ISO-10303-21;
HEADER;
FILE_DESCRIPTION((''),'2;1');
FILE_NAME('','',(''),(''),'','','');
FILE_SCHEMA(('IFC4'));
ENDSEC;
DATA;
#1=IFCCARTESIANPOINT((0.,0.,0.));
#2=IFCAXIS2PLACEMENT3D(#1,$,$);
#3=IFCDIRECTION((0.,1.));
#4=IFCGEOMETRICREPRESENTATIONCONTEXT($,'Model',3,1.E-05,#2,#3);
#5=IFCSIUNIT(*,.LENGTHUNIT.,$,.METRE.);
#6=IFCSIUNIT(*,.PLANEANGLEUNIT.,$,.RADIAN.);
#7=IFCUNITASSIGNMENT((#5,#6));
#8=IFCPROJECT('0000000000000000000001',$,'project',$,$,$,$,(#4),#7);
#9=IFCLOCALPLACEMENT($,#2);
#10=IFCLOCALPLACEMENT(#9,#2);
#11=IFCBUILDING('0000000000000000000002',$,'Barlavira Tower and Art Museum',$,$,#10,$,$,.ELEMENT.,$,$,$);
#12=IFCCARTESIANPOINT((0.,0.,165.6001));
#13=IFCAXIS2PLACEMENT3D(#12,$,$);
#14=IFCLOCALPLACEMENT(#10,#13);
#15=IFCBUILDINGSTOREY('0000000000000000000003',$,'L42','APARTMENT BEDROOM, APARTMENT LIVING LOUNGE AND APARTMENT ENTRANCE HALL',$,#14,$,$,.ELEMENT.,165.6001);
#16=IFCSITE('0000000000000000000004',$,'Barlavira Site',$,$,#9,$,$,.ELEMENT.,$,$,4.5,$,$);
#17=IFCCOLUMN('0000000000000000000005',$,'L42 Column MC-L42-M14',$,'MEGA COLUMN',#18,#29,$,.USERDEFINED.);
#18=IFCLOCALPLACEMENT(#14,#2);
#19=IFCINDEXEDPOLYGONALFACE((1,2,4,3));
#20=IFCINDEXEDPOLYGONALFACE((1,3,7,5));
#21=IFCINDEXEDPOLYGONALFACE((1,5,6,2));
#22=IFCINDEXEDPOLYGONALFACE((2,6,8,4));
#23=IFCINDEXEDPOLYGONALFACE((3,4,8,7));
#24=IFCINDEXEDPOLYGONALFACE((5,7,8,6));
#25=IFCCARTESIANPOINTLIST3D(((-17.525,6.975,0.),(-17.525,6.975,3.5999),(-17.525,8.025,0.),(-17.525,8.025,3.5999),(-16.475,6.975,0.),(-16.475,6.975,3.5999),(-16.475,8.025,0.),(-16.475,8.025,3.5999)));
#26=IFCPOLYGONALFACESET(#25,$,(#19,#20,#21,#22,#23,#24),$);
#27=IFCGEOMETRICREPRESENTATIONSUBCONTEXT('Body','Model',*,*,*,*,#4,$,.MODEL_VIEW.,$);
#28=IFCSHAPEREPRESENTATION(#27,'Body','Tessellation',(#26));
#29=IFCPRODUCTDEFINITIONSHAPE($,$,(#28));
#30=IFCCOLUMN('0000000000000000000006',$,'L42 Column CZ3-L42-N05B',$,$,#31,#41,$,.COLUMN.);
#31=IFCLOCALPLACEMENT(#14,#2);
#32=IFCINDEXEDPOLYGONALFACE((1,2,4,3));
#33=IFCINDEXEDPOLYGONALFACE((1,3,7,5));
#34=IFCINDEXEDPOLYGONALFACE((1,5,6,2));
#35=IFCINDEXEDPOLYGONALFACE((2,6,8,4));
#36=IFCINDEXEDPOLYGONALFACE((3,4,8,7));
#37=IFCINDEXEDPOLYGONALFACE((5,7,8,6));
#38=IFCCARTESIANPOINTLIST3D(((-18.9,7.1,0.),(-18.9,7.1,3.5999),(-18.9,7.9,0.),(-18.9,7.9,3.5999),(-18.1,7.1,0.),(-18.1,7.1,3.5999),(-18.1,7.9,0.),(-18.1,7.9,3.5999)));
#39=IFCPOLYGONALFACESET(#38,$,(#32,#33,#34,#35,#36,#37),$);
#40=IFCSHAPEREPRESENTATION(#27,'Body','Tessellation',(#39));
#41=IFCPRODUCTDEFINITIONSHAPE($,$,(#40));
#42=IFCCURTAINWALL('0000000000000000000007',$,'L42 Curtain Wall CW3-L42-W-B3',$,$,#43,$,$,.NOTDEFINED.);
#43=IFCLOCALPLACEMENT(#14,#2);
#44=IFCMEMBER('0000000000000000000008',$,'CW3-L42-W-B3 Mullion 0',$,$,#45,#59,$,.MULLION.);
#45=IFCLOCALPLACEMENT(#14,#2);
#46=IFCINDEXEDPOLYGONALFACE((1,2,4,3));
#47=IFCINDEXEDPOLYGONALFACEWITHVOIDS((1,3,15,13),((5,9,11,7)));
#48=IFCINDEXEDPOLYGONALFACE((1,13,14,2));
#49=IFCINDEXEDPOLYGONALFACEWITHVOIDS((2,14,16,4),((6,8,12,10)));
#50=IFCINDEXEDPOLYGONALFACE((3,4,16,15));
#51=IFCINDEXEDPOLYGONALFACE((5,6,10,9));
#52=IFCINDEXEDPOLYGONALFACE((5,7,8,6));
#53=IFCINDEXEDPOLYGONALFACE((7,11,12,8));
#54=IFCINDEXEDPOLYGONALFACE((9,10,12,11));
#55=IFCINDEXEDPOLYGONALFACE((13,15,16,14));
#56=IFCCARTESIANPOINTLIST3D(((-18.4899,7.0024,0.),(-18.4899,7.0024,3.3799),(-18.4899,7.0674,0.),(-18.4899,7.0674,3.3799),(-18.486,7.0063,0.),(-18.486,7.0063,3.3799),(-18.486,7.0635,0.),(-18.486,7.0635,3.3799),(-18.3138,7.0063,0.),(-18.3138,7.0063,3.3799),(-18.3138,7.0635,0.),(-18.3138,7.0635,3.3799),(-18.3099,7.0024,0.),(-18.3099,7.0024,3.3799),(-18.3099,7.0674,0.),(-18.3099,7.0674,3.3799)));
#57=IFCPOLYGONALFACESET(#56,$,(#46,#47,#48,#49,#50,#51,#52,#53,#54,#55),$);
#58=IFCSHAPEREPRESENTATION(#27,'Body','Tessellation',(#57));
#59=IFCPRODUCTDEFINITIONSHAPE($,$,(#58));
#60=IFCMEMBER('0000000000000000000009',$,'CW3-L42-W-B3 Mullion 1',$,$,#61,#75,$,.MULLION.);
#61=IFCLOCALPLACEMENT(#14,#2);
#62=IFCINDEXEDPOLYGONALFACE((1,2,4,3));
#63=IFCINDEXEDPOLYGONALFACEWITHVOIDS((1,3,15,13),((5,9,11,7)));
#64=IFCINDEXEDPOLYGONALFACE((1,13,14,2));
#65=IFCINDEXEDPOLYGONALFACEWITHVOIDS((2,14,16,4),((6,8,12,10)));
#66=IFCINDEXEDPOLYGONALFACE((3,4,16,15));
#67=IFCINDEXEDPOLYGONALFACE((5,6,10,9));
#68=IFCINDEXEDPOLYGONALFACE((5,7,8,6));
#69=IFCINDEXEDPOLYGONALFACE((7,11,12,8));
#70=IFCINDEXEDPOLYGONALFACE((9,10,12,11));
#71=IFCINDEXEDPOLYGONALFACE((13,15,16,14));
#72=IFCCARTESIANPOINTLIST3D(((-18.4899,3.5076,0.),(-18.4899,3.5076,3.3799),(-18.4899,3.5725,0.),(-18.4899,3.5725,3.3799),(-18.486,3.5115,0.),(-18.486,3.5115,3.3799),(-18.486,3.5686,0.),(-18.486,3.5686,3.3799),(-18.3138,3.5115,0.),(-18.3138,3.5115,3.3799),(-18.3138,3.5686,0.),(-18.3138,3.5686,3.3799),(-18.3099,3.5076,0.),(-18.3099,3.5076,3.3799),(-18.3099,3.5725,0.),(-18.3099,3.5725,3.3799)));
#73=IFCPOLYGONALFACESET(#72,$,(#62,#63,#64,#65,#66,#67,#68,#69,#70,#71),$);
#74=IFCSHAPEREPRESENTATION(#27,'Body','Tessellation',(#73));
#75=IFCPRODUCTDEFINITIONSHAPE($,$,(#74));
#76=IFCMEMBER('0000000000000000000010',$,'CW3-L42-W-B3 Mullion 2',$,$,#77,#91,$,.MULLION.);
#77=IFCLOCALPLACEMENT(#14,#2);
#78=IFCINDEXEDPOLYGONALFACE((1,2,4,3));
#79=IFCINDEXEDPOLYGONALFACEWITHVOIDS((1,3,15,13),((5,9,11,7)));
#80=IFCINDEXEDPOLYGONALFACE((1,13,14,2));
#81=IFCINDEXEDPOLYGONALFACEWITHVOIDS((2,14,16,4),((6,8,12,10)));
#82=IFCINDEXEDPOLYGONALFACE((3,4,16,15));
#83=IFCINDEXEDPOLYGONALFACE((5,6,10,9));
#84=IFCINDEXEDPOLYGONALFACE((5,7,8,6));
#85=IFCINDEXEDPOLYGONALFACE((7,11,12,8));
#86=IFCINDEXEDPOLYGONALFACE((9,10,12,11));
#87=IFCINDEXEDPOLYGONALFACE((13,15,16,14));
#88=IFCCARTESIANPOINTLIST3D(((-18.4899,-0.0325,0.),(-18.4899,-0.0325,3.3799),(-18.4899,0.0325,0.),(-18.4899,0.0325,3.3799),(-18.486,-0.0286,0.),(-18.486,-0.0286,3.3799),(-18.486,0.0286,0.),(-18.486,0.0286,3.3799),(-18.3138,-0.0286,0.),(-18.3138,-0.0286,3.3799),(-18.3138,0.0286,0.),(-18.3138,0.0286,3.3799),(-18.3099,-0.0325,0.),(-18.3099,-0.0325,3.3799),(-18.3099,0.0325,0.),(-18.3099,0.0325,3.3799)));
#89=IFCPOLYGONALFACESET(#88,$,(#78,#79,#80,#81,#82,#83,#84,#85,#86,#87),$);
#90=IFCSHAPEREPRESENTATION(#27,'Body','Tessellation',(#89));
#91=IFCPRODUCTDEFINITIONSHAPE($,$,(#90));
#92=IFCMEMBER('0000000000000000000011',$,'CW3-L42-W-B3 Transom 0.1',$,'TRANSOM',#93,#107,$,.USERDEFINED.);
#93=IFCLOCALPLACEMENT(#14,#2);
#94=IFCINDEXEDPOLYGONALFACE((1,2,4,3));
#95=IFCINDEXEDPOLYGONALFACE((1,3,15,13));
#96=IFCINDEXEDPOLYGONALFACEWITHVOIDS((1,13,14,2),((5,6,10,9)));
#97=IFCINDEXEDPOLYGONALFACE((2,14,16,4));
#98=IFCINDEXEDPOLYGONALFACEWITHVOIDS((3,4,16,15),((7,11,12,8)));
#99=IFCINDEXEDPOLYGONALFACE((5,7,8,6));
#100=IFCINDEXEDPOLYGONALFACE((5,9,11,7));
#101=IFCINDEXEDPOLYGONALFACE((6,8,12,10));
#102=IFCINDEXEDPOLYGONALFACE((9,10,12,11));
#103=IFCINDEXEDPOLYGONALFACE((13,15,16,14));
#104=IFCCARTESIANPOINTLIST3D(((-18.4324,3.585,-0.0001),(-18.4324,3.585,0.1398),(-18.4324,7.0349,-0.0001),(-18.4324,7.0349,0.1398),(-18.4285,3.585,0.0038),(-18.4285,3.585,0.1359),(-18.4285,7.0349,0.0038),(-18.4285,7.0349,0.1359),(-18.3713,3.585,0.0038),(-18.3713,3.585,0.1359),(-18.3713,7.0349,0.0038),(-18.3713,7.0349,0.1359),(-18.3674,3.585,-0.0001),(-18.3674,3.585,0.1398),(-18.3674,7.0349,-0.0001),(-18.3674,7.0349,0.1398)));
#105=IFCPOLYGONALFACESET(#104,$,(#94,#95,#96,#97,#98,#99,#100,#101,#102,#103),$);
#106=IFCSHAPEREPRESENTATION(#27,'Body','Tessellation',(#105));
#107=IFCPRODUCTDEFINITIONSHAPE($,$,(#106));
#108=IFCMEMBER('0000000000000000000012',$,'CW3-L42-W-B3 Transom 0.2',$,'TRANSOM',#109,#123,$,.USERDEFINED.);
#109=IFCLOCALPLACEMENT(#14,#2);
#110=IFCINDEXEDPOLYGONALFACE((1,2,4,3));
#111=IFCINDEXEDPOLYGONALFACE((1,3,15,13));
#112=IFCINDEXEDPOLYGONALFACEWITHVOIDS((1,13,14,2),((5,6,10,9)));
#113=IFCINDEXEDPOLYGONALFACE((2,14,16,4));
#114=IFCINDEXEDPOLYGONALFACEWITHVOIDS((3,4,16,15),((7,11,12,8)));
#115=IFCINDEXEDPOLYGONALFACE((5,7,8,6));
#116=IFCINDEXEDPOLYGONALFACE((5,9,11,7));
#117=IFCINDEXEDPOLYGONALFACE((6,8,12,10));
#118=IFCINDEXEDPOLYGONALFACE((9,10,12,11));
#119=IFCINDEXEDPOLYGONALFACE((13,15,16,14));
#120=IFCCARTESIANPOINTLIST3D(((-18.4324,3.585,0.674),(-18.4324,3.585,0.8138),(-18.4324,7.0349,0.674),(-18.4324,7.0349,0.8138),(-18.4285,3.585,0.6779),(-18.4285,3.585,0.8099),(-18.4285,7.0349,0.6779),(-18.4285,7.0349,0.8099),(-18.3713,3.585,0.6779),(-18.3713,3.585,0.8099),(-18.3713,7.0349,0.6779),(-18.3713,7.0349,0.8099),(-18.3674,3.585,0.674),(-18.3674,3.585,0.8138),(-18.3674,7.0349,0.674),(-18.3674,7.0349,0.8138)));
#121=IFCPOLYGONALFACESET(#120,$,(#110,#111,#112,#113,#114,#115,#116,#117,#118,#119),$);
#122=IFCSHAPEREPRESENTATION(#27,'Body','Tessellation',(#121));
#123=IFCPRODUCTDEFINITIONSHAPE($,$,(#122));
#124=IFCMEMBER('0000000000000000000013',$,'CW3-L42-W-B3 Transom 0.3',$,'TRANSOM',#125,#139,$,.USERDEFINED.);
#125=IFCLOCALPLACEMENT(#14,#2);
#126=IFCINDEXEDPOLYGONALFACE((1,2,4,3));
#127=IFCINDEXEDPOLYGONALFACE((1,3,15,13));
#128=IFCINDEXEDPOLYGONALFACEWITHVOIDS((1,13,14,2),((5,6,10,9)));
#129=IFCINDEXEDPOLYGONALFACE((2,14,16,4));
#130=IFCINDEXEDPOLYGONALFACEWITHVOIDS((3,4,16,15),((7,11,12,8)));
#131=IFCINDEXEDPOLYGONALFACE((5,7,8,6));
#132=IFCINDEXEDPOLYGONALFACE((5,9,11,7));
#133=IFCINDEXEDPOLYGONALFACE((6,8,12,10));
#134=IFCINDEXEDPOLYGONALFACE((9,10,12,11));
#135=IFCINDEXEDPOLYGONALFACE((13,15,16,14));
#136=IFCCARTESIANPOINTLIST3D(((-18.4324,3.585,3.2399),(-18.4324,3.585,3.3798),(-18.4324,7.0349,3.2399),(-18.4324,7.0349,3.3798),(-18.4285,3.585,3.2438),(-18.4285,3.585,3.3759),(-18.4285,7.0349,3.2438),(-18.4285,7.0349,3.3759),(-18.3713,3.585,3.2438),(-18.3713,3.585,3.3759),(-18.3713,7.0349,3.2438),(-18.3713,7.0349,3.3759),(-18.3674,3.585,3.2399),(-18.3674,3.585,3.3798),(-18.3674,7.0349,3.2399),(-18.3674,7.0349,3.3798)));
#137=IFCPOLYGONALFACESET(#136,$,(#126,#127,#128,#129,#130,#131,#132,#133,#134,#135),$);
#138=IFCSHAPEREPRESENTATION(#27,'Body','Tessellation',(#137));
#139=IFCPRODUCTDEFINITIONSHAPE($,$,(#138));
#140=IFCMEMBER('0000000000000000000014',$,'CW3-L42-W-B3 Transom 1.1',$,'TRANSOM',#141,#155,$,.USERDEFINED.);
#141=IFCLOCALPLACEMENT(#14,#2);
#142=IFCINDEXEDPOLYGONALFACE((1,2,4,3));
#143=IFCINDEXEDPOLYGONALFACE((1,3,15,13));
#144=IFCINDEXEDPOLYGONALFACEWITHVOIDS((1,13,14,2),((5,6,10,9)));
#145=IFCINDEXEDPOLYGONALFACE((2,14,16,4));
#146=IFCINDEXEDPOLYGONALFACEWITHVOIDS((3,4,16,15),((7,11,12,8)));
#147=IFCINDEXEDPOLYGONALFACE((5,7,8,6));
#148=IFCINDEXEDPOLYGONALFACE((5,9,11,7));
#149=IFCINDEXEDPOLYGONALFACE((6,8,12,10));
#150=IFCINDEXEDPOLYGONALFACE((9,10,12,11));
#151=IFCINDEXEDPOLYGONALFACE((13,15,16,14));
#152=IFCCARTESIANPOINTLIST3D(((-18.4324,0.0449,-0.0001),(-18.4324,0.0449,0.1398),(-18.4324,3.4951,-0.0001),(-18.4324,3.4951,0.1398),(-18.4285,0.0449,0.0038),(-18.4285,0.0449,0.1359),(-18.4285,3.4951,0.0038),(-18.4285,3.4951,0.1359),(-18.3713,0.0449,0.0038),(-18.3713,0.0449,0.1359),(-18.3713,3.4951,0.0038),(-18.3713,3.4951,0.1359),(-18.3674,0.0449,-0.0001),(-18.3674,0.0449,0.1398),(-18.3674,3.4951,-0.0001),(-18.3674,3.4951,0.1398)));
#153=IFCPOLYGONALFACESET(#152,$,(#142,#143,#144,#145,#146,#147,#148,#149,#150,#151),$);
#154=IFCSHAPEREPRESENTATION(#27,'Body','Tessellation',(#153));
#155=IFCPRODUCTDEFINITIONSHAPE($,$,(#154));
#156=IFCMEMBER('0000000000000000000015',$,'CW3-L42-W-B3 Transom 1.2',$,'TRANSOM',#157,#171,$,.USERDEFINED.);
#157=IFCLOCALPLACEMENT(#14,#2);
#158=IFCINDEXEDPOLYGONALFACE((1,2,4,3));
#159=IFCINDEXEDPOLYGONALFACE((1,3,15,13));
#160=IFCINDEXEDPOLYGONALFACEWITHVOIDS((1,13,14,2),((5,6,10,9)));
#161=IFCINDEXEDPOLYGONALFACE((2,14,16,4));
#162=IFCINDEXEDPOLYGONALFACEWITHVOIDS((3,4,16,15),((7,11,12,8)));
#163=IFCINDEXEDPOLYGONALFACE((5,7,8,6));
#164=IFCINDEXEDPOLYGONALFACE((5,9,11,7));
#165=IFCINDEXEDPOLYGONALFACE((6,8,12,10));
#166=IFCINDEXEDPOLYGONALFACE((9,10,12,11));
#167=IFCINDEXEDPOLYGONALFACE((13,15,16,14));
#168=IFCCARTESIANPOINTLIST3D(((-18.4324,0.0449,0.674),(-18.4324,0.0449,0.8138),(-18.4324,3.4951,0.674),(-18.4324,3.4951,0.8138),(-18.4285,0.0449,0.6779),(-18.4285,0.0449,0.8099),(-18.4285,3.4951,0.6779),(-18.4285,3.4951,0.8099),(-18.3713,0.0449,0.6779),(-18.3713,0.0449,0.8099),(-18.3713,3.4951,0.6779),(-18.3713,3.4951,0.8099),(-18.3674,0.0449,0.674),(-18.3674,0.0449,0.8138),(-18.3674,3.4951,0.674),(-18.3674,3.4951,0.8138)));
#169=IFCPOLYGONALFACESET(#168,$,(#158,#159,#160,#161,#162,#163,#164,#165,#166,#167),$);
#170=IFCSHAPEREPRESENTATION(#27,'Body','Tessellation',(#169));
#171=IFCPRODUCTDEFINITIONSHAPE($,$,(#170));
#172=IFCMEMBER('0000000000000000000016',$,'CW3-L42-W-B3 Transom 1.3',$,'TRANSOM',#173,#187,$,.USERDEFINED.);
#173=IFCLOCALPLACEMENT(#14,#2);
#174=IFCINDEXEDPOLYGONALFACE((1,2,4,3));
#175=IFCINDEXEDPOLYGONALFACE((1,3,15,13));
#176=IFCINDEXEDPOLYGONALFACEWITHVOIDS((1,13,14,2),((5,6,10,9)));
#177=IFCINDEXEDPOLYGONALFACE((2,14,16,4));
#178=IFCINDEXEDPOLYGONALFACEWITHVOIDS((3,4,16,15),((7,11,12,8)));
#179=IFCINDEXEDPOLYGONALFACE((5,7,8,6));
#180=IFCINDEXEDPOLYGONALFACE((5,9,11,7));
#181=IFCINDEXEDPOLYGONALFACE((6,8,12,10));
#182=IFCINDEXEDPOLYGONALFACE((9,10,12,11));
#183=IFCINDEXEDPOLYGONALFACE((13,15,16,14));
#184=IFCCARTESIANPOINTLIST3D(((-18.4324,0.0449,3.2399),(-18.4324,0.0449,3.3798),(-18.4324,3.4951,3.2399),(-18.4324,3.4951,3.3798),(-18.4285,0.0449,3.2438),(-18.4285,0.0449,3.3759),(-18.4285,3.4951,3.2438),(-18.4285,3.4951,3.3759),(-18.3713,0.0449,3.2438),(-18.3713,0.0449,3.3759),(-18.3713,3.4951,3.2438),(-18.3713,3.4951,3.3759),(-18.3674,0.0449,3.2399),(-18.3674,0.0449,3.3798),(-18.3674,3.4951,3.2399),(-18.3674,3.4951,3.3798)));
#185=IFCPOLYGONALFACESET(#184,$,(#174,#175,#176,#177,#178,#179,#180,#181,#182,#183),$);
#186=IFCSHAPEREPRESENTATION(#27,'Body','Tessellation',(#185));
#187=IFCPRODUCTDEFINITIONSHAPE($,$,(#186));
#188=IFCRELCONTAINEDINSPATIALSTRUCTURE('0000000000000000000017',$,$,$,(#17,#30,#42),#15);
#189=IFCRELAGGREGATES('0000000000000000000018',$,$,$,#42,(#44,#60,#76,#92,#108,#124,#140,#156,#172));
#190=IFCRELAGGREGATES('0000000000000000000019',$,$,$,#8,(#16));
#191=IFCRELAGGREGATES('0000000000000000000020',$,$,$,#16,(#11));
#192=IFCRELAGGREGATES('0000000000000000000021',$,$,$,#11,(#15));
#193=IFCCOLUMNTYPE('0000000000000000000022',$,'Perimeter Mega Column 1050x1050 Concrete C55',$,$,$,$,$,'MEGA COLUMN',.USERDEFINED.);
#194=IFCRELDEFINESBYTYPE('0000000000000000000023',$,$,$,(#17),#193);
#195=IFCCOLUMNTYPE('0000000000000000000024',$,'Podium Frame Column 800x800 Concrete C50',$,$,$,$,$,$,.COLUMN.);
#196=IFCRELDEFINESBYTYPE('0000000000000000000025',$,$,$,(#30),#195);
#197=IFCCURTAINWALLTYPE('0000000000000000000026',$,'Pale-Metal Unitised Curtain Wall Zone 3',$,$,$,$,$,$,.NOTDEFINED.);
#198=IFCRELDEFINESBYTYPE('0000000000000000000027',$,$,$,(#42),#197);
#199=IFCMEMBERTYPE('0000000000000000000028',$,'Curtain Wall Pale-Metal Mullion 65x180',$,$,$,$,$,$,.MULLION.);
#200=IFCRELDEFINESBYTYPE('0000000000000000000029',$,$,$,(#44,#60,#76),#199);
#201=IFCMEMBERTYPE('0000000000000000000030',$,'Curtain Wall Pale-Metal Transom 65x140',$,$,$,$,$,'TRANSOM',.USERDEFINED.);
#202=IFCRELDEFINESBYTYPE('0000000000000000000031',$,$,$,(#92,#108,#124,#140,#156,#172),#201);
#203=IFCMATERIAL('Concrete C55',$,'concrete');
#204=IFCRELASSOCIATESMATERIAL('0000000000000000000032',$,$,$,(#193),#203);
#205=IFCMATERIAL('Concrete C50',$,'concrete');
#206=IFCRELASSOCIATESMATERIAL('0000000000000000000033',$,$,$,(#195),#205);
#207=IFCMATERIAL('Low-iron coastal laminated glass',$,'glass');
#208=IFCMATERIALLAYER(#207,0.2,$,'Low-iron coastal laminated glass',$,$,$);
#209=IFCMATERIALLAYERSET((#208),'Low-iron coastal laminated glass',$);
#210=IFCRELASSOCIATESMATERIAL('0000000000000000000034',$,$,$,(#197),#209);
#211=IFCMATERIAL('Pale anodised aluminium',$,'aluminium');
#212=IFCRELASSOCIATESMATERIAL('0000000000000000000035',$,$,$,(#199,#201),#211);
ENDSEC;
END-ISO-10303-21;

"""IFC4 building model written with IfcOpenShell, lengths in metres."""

from ifc_helpers import new_model, si_unit, direction, frame, origin, origin_2d, place, context, subcontext, project, spatial, rectangle, hollow_rectangle, extrude, material, layer, layer_set, material_profile, profile_set, type_object, element, aggregate, save


model = new_model("IFC4")

# Units and contexts
model_context = context("Model", 3, precision=1e-05, world=origin(), true_north=direction((0.0, 1.0)))
body_context = subcontext(model_context, "Body", "Model", "MODEL_VIEW")
ifc_project = project(units=[si_unit("LENGTHUNIT", "METRE"), si_unit("PLANEANGLEUNIT", "RADIAN")], contexts=[model_context])

# Site, building, storey
site_placement = place(None, origin())
site = spatial("IfcSite", under=ifc_project, at=site_placement, Name="Barlavira Site", CompositionType="ELEMENT", RefElevation=4.5)
building_placement = place(site_placement, origin())
building = spatial("IfcBuilding", under=site, at=building_placement, Name="Barlavira Tower and Art Museum", CompositionType="ELEMENT")
storey_placement = place(building_placement, frame((0.0, 0.0, 165.6001)))
storey = spatial("IfcBuildingStorey", under=building, at=storey_placement, Name="L42", Description="APARTMENT BEDROOM, APARTMENT LIVING LOUNGE AND APARTMENT ENTRANCE HALL", CompositionType="ELEMENT", Elevation=165.6001)

# Columns
ifc_material_1 = material(Name="Concrete C55", Category="concrete")
ifc_material_profile_1 = material_profile(ifc_material_1, rectangle(XDim=1.05, YDim=1.05, at=origin_2d()), Name="RC-COL 1050x1050")
ifc_profile_set_1 = profile_set([ifc_material_profile_1], Name="Concrete C55")
column_type_1 = type_object("IfcColumnType", Name="Perimeter Mega Column 1050x1050 Concrete C55", ElementType="MEGA COLUMN", PredefinedType="USERDEFINED", material=ifc_profile_set_1)
column_1_placement = place(storey_placement, frame((-17.0, 7.5, 0.0), z_axis=(0.0, 0.0, 1.0), x_axis=(1.0, 0.0, 0.0)))
element("IfcColumn", 1, at=column_1_placement, inside=storey, type_object=column_type_1, Name="L42 Column MC-L42-M14", ObjectType="MEGA COLUMN", PredefinedType="USERDEFINED", context=body_context, shape_type="SweptSolid", body=[
    extrude(rectangle(XDim=1.05, YDim=1.05, at=origin_2d()), origin(), (0.0, 0.0, 1.0), 3.5999),
])
ifc_material_2 = material(Name="Concrete C50", Category="concrete")
ifc_material_profile_2 = material_profile(ifc_material_2, rectangle(XDim=0.8, YDim=0.8, at=origin_2d()), Name="RC-COL 800x800")
ifc_profile_set_2 = profile_set([ifc_material_profile_2], Name="Concrete C50")
column_type_2 = type_object("IfcColumnType", Name="Podium Frame Column 800x800 Concrete C50", PredefinedType="COLUMN", material=ifc_profile_set_2)
column_2_placement = place(storey_placement, frame((-18.5, 7.5, 0.0), z_axis=(0.0, 0.0, 1.0), x_axis=(1.0, 0.0, 0.0)))
element("IfcColumn", 2, at=column_2_placement, inside=storey, type_object=column_type_2, Name="L42 Column CZ3-L42-N05B", PredefinedType="COLUMN", context=body_context, shape_type="SweptSolid", body=[
    extrude(rectangle(XDim=0.8, YDim=0.8, at=origin_2d()), origin(), (0.0, 0.0, 1.0), 3.5999),
])

# Curtain wall, members
ifc_material_3 = material(Name="Low-iron coastal laminated glass", Category="glass")
ifc_layer_1 = layer(ifc_material_3, 0.2, Name="Low-iron coastal laminated glass")
ifc_layer_set_1 = layer_set([ifc_layer_1], Name="Low-iron coastal laminated glass")
curtain_wall_type = type_object("IfcCurtainWallType", Name="Pale-Metal Unitised Curtain Wall Zone 3", PredefinedType="NOTDEFINED", material=ifc_layer_set_1)
curtain_wall_placement = place(storey_placement, origin())
curtain_wall = element("IfcCurtainWall", 3, at=curtain_wall_placement, inside=storey, type_object=curtain_wall_type, Name="L42 Curtain Wall CW3-L42-W-B3", PredefinedType="NOTDEFINED")
ifc_material_4 = material(Name="Pale anodised aluminium", Category="aluminium")
ifc_material_profile_3 = material_profile(ifc_material_4, hollow_rectangle(XDim=0.0649, YDim=0.1799, WallThickness=0.0039, at=origin_2d()), Name="ALU-MULL 65x180x4")
ifc_profile_set_3 = profile_set([ifc_material_profile_3], Name="Pale anodised aluminium")
member_type_1 = type_object("IfcMemberType", Name="Curtain Wall Pale-Metal Mullion 65x180", PredefinedType="MULLION", material=ifc_profile_set_3)
member_1_placement = place(storey_placement, frame((-18.3999, 7.0349, 0.0), z_axis=(0.0, 0.0, 1.0), x_axis=(0.0, -1.0, 0.0)))
member_1 = element("IfcMember", 4, at=member_1_placement, type_object=member_type_1, Name="CW3-L42-W-B3 Mullion 0", PredefinedType="MULLION", context=body_context, shape_type="SweptSolid", body=[
    extrude(hollow_rectangle(XDim=0.0649, YDim=0.1799, WallThickness=0.0039, at=origin_2d()), origin(), (0.0, 0.0, 1.0), 3.3799),
])
member_2_placement = place(storey_placement, frame((-18.3999, 3.54, 0.0), z_axis=(0.0, 0.0, 1.0), x_axis=(0.0, -1.0, 0.0)))
member_2 = element("IfcMember", 5, at=member_2_placement, type_object=member_type_1, Name="CW3-L42-W-B3 Mullion 1", PredefinedType="MULLION", context=body_context, shape_type="SweptSolid", body=[
    extrude(hollow_rectangle(XDim=0.0649, YDim=0.1799, WallThickness=0.0039, at=origin_2d()), origin(), (0.0, 0.0, 1.0), 3.3799),
])
member_3_placement = place(storey_placement, frame((-18.3999, 0.0, 0.0), z_axis=(0.0, 0.0, 1.0), x_axis=(0.0, -1.0, 0.0)))
member_3 = element("IfcMember", 6, at=member_3_placement, type_object=member_type_1, Name="CW3-L42-W-B3 Mullion 2", PredefinedType="MULLION", context=body_context, shape_type="SweptSolid", body=[
    extrude(hollow_rectangle(XDim=0.0649, YDim=0.1799, WallThickness=0.0039, at=origin_2d()), origin(), (0.0, 0.0, 1.0), 3.3799),
])
ifc_material_profile_4 = material_profile(ifc_material_4, hollow_rectangle(XDim=0.0649, YDim=0.1399, WallThickness=0.0039, at=origin_2d()), Name="ALU-TRAN 65x140x4")
ifc_profile_set_4 = profile_set([ifc_material_profile_4], Name="Pale anodised aluminium")
member_type_2 = type_object("IfcMemberType", Name="Curtain Wall Pale-Metal Transom 65x140", ElementType="TRANSOM", PredefinedType="USERDEFINED", material=ifc_profile_set_4)
member_4_placement = place(storey_placement, frame((-18.3999, 7.0349, 0.0698), z_axis=(0.0, -1.0, 0.0), x_axis=(1.0, 0.0, 0.0)))
member_4 = element("IfcMember", 7, at=member_4_placement, type_object=member_type_2, Name="CW3-L42-W-B3 Transom 0.1", ObjectType="TRANSOM", PredefinedType="USERDEFINED", context=body_context, shape_type="SweptSolid", body=[
    extrude(hollow_rectangle(XDim=0.0649, YDim=0.1399, WallThickness=0.0039, at=origin_2d()), origin(), (0.0, 0.0, 1.0), 3.45),
])
member_5_placement = place(storey_placement, frame((-18.3999, 7.0349, 0.7439), z_axis=(0.0, -1.0, 0.0), x_axis=(1.0, 0.0, 0.0)))
member_5 = element("IfcMember", 8, at=member_5_placement, type_object=member_type_2, Name="CW3-L42-W-B3 Transom 0.2", ObjectType="TRANSOM", PredefinedType="USERDEFINED", context=body_context, shape_type="SweptSolid", body=[
    extrude(hollow_rectangle(XDim=0.0649, YDim=0.1399, WallThickness=0.0039, at=origin_2d()), origin(), (0.0, 0.0, 1.0), 3.45),
])
member_6_placement = place(storey_placement, frame((-18.3999, 7.0349, 3.3098), z_axis=(0.0, -1.0, 0.0), x_axis=(1.0, 0.0, 0.0)))
member_6 = element("IfcMember", 9, at=member_6_placement, type_object=member_type_2, Name="CW3-L42-W-B3 Transom 0.3", ObjectType="TRANSOM", PredefinedType="USERDEFINED", context=body_context, shape_type="SweptSolid", body=[
    extrude(hollow_rectangle(XDim=0.0649, YDim=0.1399, WallThickness=0.0039, at=origin_2d()), origin(), (0.0, 0.0, 1.0), 3.45),
])
member_7_placement = place(storey_placement, frame((-18.3999, 3.4951, 0.0698), z_axis=(0.0, -1.0, 0.0), x_axis=(1.0, 0.0, 0.0)))
member_7 = element("IfcMember", 10, at=member_7_placement, type_object=member_type_2, Name="CW3-L42-W-B3 Transom 1.1", ObjectType="TRANSOM", PredefinedType="USERDEFINED", context=body_context, shape_type="SweptSolid", body=[
    extrude(hollow_rectangle(XDim=0.0649, YDim=0.1399, WallThickness=0.0039, at=origin_2d()), origin(), (0.0, 0.0, 1.0), 3.4502),
])
member_8_placement = place(storey_placement, frame((-18.3999, 3.4951, 0.7439), z_axis=(0.0, -1.0, 0.0), x_axis=(1.0, 0.0, 0.0)))
member_8 = element("IfcMember", 11, at=member_8_placement, type_object=member_type_2, Name="CW3-L42-W-B3 Transom 1.2", ObjectType="TRANSOM", PredefinedType="USERDEFINED", context=body_context, shape_type="SweptSolid", body=[
    extrude(hollow_rectangle(XDim=0.0649, YDim=0.1399, WallThickness=0.0039, at=origin_2d()), origin(), (0.0, 0.0, 1.0), 3.4502),
])
member_9_placement = place(storey_placement, frame((-18.3999, 3.4951, 3.3098), z_axis=(0.0, -1.0, 0.0), x_axis=(1.0, 0.0, 0.0)))
member_9 = element("IfcMember", 12, at=member_9_placement, type_object=member_type_2, Name="CW3-L42-W-B3 Transom 1.3", ObjectType="TRANSOM", PredefinedType="USERDEFINED", context=body_context, shape_type="SweptSolid", body=[
    extrude(hollow_rectangle(XDim=0.0649, YDim=0.1399, WallThickness=0.0039, at=origin_2d()), origin(), (0.0, 0.0, 1.0), 3.4502),
])

aggregate(curtain_wall, [member_1, member_2, member_3, member_4, member_5, member_6, member_7, member_8, member_9])

save(model, "model.ifc")
